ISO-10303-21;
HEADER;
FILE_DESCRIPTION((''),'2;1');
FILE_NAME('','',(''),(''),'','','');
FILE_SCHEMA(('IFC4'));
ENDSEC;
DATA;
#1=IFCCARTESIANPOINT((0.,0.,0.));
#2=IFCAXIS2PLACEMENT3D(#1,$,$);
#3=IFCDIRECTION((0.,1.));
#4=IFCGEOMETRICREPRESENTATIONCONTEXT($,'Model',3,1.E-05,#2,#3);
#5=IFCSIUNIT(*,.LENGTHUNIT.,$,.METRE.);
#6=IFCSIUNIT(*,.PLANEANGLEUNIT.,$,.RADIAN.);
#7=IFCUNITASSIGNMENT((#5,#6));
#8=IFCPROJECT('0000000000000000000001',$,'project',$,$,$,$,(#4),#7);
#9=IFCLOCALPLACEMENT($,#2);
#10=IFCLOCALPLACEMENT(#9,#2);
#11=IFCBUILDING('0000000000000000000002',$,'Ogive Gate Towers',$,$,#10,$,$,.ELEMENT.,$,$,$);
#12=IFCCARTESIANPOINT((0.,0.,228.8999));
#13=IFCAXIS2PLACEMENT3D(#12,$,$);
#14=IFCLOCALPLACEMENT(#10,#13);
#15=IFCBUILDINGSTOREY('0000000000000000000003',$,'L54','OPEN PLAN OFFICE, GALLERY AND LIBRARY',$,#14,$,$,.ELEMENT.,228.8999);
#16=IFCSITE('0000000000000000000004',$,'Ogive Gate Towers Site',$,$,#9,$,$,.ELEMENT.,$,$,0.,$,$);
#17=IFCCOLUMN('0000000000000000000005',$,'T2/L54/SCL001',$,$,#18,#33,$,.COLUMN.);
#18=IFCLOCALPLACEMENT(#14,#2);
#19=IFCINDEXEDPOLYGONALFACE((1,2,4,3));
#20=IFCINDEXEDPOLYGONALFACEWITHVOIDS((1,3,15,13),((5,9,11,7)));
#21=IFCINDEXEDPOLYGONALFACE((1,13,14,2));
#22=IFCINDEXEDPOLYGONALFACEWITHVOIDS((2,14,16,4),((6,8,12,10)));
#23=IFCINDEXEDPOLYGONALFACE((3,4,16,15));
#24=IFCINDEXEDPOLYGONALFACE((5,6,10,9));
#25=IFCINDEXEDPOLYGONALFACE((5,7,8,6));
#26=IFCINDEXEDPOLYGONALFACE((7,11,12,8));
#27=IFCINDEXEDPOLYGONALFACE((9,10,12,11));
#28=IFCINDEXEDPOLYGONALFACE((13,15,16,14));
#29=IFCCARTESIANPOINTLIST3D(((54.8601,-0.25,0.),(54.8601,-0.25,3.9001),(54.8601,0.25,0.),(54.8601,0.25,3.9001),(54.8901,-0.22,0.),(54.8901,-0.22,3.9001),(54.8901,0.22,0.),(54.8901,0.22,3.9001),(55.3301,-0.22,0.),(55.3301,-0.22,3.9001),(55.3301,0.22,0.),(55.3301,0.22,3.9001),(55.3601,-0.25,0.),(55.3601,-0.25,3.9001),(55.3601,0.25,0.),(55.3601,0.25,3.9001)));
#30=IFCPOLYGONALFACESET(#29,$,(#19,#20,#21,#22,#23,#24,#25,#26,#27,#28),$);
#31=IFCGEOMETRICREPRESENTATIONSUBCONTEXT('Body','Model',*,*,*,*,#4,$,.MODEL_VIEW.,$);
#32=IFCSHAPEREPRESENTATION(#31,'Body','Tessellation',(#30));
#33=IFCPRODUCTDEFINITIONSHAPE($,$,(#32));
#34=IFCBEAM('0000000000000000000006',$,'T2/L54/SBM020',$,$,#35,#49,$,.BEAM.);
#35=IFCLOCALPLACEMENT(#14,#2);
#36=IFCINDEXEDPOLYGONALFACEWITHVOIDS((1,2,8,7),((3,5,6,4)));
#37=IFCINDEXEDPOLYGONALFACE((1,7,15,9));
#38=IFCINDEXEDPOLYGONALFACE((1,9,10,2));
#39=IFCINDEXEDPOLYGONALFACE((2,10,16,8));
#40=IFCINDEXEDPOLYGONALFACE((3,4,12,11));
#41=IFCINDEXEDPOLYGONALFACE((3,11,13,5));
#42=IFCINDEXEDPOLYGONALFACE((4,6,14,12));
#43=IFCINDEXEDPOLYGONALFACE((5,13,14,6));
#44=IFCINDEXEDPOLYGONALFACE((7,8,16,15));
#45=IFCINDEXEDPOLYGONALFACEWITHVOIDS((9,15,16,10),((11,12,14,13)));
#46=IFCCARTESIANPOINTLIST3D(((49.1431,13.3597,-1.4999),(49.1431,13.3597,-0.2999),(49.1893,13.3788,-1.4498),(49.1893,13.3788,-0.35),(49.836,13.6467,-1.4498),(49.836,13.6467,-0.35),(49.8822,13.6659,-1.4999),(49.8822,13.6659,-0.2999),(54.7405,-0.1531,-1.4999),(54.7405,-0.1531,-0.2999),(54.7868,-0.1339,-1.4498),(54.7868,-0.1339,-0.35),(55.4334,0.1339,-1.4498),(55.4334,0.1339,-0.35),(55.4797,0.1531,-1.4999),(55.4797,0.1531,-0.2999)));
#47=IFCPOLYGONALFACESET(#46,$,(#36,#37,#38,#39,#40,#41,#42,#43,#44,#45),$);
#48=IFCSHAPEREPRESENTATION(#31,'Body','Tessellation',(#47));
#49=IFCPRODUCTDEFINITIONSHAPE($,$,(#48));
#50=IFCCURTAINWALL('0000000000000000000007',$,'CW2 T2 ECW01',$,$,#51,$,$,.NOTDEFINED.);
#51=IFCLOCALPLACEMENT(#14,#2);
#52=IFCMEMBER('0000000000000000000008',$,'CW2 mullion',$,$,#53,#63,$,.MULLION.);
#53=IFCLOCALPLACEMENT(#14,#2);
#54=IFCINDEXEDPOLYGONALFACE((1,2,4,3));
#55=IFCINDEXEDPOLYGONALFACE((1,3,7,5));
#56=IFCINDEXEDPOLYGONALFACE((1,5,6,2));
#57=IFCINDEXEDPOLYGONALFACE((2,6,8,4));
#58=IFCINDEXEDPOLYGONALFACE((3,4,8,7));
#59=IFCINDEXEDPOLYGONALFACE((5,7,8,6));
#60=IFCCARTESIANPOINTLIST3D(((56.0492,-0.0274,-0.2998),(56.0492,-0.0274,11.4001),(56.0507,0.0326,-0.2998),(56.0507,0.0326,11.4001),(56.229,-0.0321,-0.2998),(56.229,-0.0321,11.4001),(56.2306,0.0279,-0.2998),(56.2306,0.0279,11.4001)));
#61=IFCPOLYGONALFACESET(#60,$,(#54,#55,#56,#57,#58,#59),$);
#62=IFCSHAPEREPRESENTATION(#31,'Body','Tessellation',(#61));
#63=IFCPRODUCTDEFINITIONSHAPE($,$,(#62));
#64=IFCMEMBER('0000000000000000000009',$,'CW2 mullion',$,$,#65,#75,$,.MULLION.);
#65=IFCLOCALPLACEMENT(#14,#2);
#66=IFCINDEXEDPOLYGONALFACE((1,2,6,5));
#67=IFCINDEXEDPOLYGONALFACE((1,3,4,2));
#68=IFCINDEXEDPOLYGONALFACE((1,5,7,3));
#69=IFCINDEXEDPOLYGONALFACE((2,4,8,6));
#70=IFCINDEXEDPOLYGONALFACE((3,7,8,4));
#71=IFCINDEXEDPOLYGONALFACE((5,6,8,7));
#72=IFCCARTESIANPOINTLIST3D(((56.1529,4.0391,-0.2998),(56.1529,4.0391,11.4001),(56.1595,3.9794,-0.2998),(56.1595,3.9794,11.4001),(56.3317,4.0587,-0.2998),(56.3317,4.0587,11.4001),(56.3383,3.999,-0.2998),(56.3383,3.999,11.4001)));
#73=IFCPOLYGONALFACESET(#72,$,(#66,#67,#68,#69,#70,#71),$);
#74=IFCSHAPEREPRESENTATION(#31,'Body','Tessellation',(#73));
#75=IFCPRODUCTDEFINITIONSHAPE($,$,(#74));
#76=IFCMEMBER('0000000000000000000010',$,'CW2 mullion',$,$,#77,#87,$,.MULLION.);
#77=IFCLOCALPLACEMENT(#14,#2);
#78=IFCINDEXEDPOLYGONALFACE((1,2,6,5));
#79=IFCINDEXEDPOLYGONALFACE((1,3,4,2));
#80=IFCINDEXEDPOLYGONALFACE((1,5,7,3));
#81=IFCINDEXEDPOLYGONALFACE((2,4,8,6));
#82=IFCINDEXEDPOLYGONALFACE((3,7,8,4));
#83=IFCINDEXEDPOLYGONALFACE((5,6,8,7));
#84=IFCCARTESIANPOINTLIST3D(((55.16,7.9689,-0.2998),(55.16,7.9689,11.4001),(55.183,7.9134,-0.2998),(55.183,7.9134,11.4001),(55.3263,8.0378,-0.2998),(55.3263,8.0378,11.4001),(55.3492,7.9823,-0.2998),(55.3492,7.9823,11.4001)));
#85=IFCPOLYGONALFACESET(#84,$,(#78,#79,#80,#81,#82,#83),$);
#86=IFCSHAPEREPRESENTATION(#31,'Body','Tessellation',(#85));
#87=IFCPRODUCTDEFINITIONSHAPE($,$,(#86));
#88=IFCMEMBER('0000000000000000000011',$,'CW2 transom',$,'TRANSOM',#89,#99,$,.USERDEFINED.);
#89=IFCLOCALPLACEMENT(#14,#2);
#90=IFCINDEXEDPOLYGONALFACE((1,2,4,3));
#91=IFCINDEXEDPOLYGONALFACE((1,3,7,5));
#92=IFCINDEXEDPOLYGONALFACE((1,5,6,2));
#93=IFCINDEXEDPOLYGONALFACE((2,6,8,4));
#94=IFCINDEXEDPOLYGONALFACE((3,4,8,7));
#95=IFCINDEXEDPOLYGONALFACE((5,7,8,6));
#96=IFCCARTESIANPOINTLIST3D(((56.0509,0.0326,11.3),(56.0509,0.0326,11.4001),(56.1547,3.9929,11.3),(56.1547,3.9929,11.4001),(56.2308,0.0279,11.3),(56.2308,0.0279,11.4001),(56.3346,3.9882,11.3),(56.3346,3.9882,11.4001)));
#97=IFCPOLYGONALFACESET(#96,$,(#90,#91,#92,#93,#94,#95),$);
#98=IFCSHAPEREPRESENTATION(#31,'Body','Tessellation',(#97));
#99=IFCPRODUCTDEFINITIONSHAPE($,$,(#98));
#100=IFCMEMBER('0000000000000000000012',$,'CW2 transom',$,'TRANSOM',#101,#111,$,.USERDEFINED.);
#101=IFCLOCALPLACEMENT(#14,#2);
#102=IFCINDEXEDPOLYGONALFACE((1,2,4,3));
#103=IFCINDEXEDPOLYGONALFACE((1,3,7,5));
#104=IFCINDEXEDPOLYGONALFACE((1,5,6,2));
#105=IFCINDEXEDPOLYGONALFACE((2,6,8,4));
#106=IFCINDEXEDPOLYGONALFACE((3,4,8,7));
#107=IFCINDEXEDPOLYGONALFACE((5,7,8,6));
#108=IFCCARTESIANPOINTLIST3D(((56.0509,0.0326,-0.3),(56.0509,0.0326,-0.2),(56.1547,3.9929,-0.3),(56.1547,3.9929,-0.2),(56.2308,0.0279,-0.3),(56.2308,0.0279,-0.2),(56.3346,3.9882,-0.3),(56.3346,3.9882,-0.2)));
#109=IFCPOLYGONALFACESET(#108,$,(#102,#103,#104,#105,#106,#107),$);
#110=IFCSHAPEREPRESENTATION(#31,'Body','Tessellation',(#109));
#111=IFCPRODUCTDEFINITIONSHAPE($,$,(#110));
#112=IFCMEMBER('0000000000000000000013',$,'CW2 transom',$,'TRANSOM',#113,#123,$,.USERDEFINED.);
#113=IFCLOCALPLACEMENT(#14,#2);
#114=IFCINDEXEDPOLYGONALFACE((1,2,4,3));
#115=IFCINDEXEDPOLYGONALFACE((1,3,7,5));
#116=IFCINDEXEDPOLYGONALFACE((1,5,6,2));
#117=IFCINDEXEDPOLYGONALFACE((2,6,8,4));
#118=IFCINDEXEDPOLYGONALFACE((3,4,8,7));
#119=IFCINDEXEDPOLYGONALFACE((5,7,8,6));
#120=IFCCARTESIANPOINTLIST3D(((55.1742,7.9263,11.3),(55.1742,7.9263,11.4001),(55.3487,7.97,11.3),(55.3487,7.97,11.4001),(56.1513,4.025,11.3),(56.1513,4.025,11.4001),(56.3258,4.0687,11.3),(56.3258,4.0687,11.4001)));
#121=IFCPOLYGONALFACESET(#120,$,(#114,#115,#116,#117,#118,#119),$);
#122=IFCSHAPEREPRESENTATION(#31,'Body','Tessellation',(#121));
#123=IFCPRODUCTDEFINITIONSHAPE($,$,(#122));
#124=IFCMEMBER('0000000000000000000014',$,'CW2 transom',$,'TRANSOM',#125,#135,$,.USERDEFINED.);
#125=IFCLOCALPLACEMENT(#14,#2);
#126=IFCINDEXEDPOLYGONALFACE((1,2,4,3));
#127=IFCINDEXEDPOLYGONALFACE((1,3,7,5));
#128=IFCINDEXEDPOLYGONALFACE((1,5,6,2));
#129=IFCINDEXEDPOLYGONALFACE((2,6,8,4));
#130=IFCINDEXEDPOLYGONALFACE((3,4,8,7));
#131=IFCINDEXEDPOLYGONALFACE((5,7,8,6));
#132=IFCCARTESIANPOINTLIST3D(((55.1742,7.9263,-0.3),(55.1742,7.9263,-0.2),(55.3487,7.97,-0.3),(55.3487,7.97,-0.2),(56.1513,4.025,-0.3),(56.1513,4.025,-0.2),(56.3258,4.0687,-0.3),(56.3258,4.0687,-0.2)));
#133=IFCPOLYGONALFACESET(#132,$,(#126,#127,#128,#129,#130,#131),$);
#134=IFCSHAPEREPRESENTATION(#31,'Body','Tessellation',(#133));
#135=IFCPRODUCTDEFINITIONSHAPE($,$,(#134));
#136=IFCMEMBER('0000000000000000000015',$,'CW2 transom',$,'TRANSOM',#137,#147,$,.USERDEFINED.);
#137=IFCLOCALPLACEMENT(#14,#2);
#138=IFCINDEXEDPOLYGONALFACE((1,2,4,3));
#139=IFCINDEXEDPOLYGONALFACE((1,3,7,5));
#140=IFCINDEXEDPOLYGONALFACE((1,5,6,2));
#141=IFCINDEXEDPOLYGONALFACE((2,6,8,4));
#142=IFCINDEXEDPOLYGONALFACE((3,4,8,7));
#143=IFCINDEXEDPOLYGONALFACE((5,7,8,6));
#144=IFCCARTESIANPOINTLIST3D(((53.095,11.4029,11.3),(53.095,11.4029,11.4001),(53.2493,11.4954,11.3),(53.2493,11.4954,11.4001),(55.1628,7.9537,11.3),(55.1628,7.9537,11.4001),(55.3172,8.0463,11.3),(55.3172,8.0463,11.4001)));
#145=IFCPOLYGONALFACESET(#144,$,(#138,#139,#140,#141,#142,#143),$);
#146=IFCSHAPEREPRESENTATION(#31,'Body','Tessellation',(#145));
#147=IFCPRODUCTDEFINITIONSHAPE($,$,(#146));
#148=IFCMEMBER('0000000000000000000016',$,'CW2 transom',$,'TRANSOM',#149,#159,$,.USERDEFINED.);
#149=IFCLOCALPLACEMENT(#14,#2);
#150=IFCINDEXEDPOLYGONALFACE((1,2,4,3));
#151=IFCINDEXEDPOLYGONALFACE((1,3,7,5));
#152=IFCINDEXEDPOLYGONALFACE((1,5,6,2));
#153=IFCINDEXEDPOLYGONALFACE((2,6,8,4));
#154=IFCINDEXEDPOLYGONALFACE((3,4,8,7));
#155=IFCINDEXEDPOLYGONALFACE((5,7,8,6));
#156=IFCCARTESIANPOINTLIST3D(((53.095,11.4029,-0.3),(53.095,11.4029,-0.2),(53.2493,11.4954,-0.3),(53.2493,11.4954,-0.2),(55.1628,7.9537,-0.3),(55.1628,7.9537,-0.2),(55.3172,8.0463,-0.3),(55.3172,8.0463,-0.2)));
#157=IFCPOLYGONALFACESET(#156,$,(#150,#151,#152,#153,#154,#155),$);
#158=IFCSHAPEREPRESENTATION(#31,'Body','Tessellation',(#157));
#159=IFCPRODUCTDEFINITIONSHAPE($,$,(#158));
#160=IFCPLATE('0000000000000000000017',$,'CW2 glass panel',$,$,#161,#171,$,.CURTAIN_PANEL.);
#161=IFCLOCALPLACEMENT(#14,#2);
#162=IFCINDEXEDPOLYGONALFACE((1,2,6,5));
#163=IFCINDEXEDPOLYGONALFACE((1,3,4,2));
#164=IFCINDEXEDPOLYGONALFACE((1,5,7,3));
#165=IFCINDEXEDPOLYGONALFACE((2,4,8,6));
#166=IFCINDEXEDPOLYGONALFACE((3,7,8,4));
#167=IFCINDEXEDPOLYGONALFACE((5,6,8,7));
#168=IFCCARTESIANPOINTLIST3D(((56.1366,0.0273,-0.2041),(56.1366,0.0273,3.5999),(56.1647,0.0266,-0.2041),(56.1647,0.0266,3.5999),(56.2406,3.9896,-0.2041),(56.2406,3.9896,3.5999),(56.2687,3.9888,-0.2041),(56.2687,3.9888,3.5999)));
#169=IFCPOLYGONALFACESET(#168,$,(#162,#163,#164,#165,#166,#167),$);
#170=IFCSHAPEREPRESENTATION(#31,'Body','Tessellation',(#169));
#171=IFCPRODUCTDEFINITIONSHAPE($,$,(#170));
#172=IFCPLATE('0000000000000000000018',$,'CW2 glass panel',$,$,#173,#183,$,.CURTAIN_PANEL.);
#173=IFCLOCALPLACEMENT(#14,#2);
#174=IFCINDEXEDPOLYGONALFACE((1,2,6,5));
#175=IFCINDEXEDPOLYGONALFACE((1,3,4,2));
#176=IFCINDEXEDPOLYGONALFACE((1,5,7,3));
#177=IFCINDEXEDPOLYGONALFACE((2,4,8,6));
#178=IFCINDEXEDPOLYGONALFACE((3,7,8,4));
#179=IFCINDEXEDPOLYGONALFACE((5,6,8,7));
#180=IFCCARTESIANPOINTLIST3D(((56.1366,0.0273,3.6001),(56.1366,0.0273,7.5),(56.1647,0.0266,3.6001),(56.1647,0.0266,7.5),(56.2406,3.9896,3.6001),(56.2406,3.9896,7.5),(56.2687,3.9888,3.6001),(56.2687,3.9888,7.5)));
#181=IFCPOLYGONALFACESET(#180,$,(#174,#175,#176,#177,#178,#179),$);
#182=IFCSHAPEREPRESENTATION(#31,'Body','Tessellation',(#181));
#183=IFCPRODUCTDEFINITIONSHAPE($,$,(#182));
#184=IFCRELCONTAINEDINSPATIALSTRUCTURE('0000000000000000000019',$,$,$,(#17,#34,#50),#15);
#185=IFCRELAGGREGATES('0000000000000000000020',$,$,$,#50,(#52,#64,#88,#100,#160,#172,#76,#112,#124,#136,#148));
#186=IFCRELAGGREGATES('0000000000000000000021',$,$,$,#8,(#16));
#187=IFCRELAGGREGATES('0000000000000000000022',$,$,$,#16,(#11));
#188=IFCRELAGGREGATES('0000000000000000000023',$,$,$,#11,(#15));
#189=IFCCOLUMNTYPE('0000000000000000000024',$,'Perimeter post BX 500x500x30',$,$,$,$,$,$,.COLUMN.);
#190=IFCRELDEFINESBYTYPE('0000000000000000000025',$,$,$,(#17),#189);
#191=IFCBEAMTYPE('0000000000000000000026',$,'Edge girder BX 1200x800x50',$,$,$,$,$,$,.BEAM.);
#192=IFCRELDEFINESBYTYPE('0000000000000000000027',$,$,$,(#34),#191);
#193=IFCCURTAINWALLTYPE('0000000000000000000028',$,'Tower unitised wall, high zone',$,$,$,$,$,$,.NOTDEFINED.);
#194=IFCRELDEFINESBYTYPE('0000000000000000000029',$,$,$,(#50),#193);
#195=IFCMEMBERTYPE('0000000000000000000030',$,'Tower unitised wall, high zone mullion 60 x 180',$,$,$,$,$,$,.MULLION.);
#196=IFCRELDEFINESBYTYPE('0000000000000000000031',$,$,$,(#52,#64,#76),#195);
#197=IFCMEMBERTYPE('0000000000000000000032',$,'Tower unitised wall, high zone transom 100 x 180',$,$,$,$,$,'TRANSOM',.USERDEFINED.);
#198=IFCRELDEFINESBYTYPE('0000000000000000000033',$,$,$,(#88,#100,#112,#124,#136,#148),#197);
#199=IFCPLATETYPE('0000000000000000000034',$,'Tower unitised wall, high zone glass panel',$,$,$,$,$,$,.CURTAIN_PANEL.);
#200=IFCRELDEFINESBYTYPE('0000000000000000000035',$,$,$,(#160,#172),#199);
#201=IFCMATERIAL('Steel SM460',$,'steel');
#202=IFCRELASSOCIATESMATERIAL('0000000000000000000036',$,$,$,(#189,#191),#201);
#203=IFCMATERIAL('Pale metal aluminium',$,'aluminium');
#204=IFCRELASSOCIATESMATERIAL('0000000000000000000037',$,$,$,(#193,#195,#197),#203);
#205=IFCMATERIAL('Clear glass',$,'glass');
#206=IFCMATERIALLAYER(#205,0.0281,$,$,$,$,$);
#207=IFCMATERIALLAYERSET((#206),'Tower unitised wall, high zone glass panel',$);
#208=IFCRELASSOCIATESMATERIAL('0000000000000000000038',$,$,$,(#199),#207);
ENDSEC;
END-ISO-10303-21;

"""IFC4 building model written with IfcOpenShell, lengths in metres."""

from ifc_helpers import new_model, si_unit, direction, frame, origin, origin_2d, place, context, subcontext, project, spatial, rectangle, hollow_rectangle, extrude, material, layer, layer_set, material_profile, profile_set, type_object, element, aggregate, save


model = new_model("IFC4")

# Units and contexts
model_context = context("Model", 3, precision=1e-05, world=origin(), true_north=direction((0.0, 1.0)))
body_context = subcontext(model_context, "Body", "Model", "MODEL_VIEW")
ifc_project = project(units=[si_unit("LENGTHUNIT", "METRE"), si_unit("PLANEANGLEUNIT", "RADIAN")], contexts=[model_context])

# Site, building, storey
site_placement = place(None, origin())
site = spatial("IfcSite", under=ifc_project, at=site_placement, Name="Ogive Gate Towers Site", CompositionType="ELEMENT", RefElevation=0.0)
building_placement = place(site_placement, origin())
building = spatial("IfcBuilding", under=site, at=building_placement, Name="Ogive Gate Towers", CompositionType="ELEMENT")
storey_placement = place(building_placement, frame((0.0, 0.0, 228.8999)))
storey = spatial("IfcBuildingStorey", under=building, at=storey_placement, Name="L54", Description="OPEN PLAN OFFICE, GALLERY AND LIBRARY", CompositionType="ELEMENT", Elevation=228.8999)

# Column
ifc_material_1 = material(Name="Steel SM460", Category="steel")
ifc_material_profile_1 = material_profile(ifc_material_1, hollow_rectangle(XDim=0.5, YDim=0.5, WallThickness=0.03, at=origin_2d()), Name="BX 500x500x30")
ifc_profile_set_1 = profile_set([ifc_material_profile_1], Name="Steel SM460")
column_type = type_object("IfcColumnType", Name="Perimeter post BX 500x500x30", PredefinedType="COLUMN", material=ifc_profile_set_1)
column_placement = place(storey_placement, frame((55.1101, 0.0, 0.0), z_axis=(0.0, 0.0, 1.0), x_axis=(1.0, 0.0, 0.0)))
element("IfcColumn", 1, at=column_placement, inside=storey, type_object=column_type, Name="T2/L54/SCL001", PredefinedType="COLUMN", context=body_context, shape_type="SweptSolid", body=[
    extrude(hollow_rectangle(XDim=0.5, YDim=0.5, WallThickness=0.03, at=origin_2d()), origin(), (0.0, 0.0, 1.0), 3.9001),
])

# Beam
ifc_material_profile_2 = material_profile(ifc_material_1, hollow_rectangle(XDim=0.8, YDim=1.2, WallThickness=0.05, at=origin_2d()), Name="BX 1200x800x50")
ifc_profile_set_2 = profile_set([ifc_material_profile_2], Name="Steel SM460")
beam_type = type_object("IfcBeamType", Name="Edge girder BX 1200x800x50", PredefinedType="BEAM", material=ifc_profile_set_2)
beam_placement = place(storey_placement, frame((55.1101, 0.0, -0.8999), z_axis=(-0.382699, 0.923873, 0.0), x_axis=(-0.923873, -0.382699, 0.0)))
element("IfcBeam", 2, at=beam_placement, inside=storey, type_object=beam_type, Name="T2/L54/SBM020", PredefinedType="BEAM", context=body_context, shape_type="SweptSolid", body=[
    extrude(hollow_rectangle(XDim=0.8, YDim=1.2, WallThickness=0.05, at=origin_2d()), origin(), (0.0, 0.0, 1.0), 14.6262),
])

# Curtain wall, members, plates
ifc_material_2 = material(Name="Pale metal aluminium", Category="aluminium")
curtain_wall_type = type_object("IfcCurtainWallType", Name="Tower unitised wall, high zone", PredefinedType="NOTDEFINED", material=ifc_material_2)
curtain_wall_placement = place(storey_placement, origin())
curtain_wall = element("IfcCurtainWall", 3, at=curtain_wall_placement, inside=storey, type_object=curtain_wall_type, Name="CW2 T2 ECW01", PredefinedType="NOTDEFINED")
ifc_material_profile_3 = material_profile(ifc_material_2, rectangle(XDim=0.1799, YDim=0.0601, at=origin_2d()), Name="60 x 180 aluminium box")
ifc_profile_set_3 = profile_set([ifc_material_profile_3], Name="Pale metal aluminium")
member_type_1 = type_object("IfcMemberType", Name="Tower unitised wall, high zone mullion 60 x 180", PredefinedType="MULLION", material=ifc_profile_set_3)
member_1_placement = place(storey_placement, frame((56.1399, 0.0002, -0.2998), z_axis=(0.0, 0.0, 1.0), x_axis=(0.999656, -0.026229, 0.0)))
member_1 = element("IfcMember", 4, at=member_1_placement, type_object=member_type_1, Name="CW2 mullion", PredefinedType="MULLION", context=body_context, shape_type="SweptSolid", body=[
    extrude(rectangle(XDim=0.1799, YDim=0.0601, at=origin_2d()), origin(), (0.0, 0.0, 1.0), 11.7),
])
member_2_placement = place(storey_placement, frame((56.2456, 4.019, -0.2998), z_axis=(0.0, 0.0, 1.0), x_axis=(0.994001, 0.10937, 0.0)))
member_2 = element("IfcMember", 5, at=member_2_placement, type_object=member_type_1, Name="CW2 mullion", PredefinedType="MULLION", context=body_context, shape_type="SweptSolid", body=[
    extrude(rectangle(XDim=0.1799, YDim=0.0601, at=origin_2d()), origin(), (0.0, 0.0, 1.0), 11.7),
])
member_3_placement = place(storey_placement, frame((55.2546, 7.9756, -0.2998), z_axis=(0.0, 0.0, 1.0), x_axis=(0.923873, 0.3827, 0.0)))
member_3 = element("IfcMember", 6, at=member_3_placement, type_object=member_type_1, Name="CW2 mullion", PredefinedType="MULLION", context=body_context, shape_type="SweptSolid", body=[
    extrude(rectangle(XDim=0.1799, YDim=0.0601, at=origin_2d()), origin(), (0.0, 0.0, 1.0), 11.7),
])
ifc_material_profile_4 = material_profile(ifc_material_2, rectangle(XDim=0.1799, YDim=0.1001, at=origin_2d()), Name="100 x 180 aluminium box")
ifc_profile_set_4 = profile_set([ifc_material_profile_4], Name="Pale metal aluminium")
member_type_2 = type_object("IfcMemberType", Name="Tower unitised wall, high zone transom 100 x 180", ElementType="TRANSOM", PredefinedType="USERDEFINED", material=ifc_profile_set_4)
member_4_placement = place(storey_placement, frame((56.1409, 0.0303, 11.3501), z_axis=(0.026192, 0.999657, 0.0), x_axis=(-0.999657, 0.026192, 0.0)))
member_4 = element("IfcMember", 7, at=member_4_placement, type_object=member_type_2, Name="CW2 transom", ObjectType="TRANSOM", PredefinedType="USERDEFINED", context=body_context, shape_type="SweptSolid", body=[
    extrude(rectangle(XDim=0.1799, YDim=0.1001, at=origin_2d()), origin(), (0.0, 0.0, 1.0), 3.9617),
])
member_5_placement = place(storey_placement, frame((56.1409, 0.0303, -0.25), z_axis=(0.026192, 0.999657, 0.0), x_axis=(-0.999657, 0.026192, 0.0)))
member_5 = element("IfcMember", 8, at=member_5_placement, type_object=member_type_2, Name="CW2 transom", ObjectType="TRANSOM", PredefinedType="USERDEFINED", context=body_context, shape_type="SweptSolid", body=[
    extrude(rectangle(XDim=0.1799, YDim=0.1001, at=origin_2d()), origin(), (0.0, 0.0, 1.0), 3.9617),
])
member_6_placement = place(storey_placement, frame((56.2385, 4.0469, 11.3501), z_axis=(-0.24295, 0.970039, 0.0), x_axis=(-0.970039, -0.24295, 0.0)))
member_6 = element("IfcMember", 9, at=member_6_placement, type_object=member_type_2, Name="CW2 transom", ObjectType="TRANSOM", PredefinedType="USERDEFINED", context=body_context, shape_type="SweptSolid", body=[
    extrude(rectangle(XDim=0.1799, YDim=0.1001, at=origin_2d()), origin(), (0.0, 0.0, 1.0), 4.0217),
])
member_7_placement = place(storey_placement, frame((56.2385, 4.0469, -0.25), z_axis=(-0.24295, 0.970039, 0.0), x_axis=(-0.970039, -0.24295, 0.0)))
member_7 = element("IfcMember", 10, at=member_7_placement, type_object=member_type_2, Name="CW2 transom", ObjectType="TRANSOM", PredefinedType="USERDEFINED", context=body_context, shape_type="SweptSolid", body=[
    extrude(rectangle(XDim=0.1799, YDim=0.1001, at=origin_2d()), origin(), (0.0, 0.0, 1.0), 4.0217),
])
member_8_placement = place(storey_placement, frame((55.24, 8.0, 11.3501), z_axis=(-0.514192, 0.857675, 0.0), x_axis=(-0.857675, -0.514192, 0.0)))
member_8 = element("IfcMember", 11, at=member_8_placement, type_object=member_type_2, Name="CW2 transom", ObjectType="TRANSOM", PredefinedType="USERDEFINED", context=body_context, shape_type="SweptSolid", body=[
    extrude(rectangle(XDim=0.1799, YDim=0.1001, at=origin_2d()), origin(), (0.0, 0.0, 1.0), 4.0215),
])
member_9_placement = place(storey_placement, frame((55.24, 8.0, -0.25), z_axis=(-0.514192, 0.857675, 0.0), x_axis=(-0.857675, -0.514192, 0.0)))
member_9 = element("IfcMember", 12, at=member_9_placement, type_object=member_type_2, Name="CW2 transom", ObjectType="TRANSOM", PredefinedType="USERDEFINED", context=body_context, shape_type="SweptSolid", body=[
    extrude(rectangle(XDim=0.1799, YDim=0.1001, at=origin_2d()), origin(), (0.0, 0.0, 1.0), 4.0215),
])
ifc_material_3 = material(Name="Clear glass", Category="glass")
ifc_layer_1 = layer(ifc_material_3, 0.0281)
ifc_layer_set_1 = layer_set([ifc_layer_1], Name="Tower unitised wall, high zone glass panel")
plate_type = type_object("IfcPlateType", Name="Tower unitised wall, high zone glass panel", PredefinedType="CURTAIN_PANEL", material=ifc_layer_set_1)
plate_1_placement = place(storey_placement, frame((56.2026, 2.0081, -0.2041), z_axis=(0.0, 0.0, 1.0), x_axis=(0.026229, 0.999656, 0.0)))
plate_1 = element("IfcPlate", 13, at=plate_1_placement, type_object=plate_type, Name="CW2 glass panel", PredefinedType="CURTAIN_PANEL", context=body_context, shape_type="SweptSolid", body=[
    extrude(rectangle(XDim=3.9636, YDim=0.0281, at=origin_2d()), origin(), (0.0, 0.0, 1.0), 3.804),
])
plate_2_placement = place(storey_placement, frame((56.2026, 2.0081, 3.6001), z_axis=(0.0, 0.0, 1.0), x_axis=(0.026229, 0.999656, 0.0)))
plate_2 = element("IfcPlate", 14, at=plate_2_placement, type_object=plate_type, Name="CW2 glass panel", PredefinedType="CURTAIN_PANEL", context=body_context, shape_type="SweptSolid", body=[
    extrude(rectangle(XDim=3.9636, YDim=0.0281, at=origin_2d()), origin(), (0.0, 0.0, 1.0), 3.8999),
])
aggregate(curtain_wall, [member_1, member_2, member_4, member_5, plate_1, plate_2, member_3, member_6, member_7, member_8, member_9])

save(model, "model.ifc")
